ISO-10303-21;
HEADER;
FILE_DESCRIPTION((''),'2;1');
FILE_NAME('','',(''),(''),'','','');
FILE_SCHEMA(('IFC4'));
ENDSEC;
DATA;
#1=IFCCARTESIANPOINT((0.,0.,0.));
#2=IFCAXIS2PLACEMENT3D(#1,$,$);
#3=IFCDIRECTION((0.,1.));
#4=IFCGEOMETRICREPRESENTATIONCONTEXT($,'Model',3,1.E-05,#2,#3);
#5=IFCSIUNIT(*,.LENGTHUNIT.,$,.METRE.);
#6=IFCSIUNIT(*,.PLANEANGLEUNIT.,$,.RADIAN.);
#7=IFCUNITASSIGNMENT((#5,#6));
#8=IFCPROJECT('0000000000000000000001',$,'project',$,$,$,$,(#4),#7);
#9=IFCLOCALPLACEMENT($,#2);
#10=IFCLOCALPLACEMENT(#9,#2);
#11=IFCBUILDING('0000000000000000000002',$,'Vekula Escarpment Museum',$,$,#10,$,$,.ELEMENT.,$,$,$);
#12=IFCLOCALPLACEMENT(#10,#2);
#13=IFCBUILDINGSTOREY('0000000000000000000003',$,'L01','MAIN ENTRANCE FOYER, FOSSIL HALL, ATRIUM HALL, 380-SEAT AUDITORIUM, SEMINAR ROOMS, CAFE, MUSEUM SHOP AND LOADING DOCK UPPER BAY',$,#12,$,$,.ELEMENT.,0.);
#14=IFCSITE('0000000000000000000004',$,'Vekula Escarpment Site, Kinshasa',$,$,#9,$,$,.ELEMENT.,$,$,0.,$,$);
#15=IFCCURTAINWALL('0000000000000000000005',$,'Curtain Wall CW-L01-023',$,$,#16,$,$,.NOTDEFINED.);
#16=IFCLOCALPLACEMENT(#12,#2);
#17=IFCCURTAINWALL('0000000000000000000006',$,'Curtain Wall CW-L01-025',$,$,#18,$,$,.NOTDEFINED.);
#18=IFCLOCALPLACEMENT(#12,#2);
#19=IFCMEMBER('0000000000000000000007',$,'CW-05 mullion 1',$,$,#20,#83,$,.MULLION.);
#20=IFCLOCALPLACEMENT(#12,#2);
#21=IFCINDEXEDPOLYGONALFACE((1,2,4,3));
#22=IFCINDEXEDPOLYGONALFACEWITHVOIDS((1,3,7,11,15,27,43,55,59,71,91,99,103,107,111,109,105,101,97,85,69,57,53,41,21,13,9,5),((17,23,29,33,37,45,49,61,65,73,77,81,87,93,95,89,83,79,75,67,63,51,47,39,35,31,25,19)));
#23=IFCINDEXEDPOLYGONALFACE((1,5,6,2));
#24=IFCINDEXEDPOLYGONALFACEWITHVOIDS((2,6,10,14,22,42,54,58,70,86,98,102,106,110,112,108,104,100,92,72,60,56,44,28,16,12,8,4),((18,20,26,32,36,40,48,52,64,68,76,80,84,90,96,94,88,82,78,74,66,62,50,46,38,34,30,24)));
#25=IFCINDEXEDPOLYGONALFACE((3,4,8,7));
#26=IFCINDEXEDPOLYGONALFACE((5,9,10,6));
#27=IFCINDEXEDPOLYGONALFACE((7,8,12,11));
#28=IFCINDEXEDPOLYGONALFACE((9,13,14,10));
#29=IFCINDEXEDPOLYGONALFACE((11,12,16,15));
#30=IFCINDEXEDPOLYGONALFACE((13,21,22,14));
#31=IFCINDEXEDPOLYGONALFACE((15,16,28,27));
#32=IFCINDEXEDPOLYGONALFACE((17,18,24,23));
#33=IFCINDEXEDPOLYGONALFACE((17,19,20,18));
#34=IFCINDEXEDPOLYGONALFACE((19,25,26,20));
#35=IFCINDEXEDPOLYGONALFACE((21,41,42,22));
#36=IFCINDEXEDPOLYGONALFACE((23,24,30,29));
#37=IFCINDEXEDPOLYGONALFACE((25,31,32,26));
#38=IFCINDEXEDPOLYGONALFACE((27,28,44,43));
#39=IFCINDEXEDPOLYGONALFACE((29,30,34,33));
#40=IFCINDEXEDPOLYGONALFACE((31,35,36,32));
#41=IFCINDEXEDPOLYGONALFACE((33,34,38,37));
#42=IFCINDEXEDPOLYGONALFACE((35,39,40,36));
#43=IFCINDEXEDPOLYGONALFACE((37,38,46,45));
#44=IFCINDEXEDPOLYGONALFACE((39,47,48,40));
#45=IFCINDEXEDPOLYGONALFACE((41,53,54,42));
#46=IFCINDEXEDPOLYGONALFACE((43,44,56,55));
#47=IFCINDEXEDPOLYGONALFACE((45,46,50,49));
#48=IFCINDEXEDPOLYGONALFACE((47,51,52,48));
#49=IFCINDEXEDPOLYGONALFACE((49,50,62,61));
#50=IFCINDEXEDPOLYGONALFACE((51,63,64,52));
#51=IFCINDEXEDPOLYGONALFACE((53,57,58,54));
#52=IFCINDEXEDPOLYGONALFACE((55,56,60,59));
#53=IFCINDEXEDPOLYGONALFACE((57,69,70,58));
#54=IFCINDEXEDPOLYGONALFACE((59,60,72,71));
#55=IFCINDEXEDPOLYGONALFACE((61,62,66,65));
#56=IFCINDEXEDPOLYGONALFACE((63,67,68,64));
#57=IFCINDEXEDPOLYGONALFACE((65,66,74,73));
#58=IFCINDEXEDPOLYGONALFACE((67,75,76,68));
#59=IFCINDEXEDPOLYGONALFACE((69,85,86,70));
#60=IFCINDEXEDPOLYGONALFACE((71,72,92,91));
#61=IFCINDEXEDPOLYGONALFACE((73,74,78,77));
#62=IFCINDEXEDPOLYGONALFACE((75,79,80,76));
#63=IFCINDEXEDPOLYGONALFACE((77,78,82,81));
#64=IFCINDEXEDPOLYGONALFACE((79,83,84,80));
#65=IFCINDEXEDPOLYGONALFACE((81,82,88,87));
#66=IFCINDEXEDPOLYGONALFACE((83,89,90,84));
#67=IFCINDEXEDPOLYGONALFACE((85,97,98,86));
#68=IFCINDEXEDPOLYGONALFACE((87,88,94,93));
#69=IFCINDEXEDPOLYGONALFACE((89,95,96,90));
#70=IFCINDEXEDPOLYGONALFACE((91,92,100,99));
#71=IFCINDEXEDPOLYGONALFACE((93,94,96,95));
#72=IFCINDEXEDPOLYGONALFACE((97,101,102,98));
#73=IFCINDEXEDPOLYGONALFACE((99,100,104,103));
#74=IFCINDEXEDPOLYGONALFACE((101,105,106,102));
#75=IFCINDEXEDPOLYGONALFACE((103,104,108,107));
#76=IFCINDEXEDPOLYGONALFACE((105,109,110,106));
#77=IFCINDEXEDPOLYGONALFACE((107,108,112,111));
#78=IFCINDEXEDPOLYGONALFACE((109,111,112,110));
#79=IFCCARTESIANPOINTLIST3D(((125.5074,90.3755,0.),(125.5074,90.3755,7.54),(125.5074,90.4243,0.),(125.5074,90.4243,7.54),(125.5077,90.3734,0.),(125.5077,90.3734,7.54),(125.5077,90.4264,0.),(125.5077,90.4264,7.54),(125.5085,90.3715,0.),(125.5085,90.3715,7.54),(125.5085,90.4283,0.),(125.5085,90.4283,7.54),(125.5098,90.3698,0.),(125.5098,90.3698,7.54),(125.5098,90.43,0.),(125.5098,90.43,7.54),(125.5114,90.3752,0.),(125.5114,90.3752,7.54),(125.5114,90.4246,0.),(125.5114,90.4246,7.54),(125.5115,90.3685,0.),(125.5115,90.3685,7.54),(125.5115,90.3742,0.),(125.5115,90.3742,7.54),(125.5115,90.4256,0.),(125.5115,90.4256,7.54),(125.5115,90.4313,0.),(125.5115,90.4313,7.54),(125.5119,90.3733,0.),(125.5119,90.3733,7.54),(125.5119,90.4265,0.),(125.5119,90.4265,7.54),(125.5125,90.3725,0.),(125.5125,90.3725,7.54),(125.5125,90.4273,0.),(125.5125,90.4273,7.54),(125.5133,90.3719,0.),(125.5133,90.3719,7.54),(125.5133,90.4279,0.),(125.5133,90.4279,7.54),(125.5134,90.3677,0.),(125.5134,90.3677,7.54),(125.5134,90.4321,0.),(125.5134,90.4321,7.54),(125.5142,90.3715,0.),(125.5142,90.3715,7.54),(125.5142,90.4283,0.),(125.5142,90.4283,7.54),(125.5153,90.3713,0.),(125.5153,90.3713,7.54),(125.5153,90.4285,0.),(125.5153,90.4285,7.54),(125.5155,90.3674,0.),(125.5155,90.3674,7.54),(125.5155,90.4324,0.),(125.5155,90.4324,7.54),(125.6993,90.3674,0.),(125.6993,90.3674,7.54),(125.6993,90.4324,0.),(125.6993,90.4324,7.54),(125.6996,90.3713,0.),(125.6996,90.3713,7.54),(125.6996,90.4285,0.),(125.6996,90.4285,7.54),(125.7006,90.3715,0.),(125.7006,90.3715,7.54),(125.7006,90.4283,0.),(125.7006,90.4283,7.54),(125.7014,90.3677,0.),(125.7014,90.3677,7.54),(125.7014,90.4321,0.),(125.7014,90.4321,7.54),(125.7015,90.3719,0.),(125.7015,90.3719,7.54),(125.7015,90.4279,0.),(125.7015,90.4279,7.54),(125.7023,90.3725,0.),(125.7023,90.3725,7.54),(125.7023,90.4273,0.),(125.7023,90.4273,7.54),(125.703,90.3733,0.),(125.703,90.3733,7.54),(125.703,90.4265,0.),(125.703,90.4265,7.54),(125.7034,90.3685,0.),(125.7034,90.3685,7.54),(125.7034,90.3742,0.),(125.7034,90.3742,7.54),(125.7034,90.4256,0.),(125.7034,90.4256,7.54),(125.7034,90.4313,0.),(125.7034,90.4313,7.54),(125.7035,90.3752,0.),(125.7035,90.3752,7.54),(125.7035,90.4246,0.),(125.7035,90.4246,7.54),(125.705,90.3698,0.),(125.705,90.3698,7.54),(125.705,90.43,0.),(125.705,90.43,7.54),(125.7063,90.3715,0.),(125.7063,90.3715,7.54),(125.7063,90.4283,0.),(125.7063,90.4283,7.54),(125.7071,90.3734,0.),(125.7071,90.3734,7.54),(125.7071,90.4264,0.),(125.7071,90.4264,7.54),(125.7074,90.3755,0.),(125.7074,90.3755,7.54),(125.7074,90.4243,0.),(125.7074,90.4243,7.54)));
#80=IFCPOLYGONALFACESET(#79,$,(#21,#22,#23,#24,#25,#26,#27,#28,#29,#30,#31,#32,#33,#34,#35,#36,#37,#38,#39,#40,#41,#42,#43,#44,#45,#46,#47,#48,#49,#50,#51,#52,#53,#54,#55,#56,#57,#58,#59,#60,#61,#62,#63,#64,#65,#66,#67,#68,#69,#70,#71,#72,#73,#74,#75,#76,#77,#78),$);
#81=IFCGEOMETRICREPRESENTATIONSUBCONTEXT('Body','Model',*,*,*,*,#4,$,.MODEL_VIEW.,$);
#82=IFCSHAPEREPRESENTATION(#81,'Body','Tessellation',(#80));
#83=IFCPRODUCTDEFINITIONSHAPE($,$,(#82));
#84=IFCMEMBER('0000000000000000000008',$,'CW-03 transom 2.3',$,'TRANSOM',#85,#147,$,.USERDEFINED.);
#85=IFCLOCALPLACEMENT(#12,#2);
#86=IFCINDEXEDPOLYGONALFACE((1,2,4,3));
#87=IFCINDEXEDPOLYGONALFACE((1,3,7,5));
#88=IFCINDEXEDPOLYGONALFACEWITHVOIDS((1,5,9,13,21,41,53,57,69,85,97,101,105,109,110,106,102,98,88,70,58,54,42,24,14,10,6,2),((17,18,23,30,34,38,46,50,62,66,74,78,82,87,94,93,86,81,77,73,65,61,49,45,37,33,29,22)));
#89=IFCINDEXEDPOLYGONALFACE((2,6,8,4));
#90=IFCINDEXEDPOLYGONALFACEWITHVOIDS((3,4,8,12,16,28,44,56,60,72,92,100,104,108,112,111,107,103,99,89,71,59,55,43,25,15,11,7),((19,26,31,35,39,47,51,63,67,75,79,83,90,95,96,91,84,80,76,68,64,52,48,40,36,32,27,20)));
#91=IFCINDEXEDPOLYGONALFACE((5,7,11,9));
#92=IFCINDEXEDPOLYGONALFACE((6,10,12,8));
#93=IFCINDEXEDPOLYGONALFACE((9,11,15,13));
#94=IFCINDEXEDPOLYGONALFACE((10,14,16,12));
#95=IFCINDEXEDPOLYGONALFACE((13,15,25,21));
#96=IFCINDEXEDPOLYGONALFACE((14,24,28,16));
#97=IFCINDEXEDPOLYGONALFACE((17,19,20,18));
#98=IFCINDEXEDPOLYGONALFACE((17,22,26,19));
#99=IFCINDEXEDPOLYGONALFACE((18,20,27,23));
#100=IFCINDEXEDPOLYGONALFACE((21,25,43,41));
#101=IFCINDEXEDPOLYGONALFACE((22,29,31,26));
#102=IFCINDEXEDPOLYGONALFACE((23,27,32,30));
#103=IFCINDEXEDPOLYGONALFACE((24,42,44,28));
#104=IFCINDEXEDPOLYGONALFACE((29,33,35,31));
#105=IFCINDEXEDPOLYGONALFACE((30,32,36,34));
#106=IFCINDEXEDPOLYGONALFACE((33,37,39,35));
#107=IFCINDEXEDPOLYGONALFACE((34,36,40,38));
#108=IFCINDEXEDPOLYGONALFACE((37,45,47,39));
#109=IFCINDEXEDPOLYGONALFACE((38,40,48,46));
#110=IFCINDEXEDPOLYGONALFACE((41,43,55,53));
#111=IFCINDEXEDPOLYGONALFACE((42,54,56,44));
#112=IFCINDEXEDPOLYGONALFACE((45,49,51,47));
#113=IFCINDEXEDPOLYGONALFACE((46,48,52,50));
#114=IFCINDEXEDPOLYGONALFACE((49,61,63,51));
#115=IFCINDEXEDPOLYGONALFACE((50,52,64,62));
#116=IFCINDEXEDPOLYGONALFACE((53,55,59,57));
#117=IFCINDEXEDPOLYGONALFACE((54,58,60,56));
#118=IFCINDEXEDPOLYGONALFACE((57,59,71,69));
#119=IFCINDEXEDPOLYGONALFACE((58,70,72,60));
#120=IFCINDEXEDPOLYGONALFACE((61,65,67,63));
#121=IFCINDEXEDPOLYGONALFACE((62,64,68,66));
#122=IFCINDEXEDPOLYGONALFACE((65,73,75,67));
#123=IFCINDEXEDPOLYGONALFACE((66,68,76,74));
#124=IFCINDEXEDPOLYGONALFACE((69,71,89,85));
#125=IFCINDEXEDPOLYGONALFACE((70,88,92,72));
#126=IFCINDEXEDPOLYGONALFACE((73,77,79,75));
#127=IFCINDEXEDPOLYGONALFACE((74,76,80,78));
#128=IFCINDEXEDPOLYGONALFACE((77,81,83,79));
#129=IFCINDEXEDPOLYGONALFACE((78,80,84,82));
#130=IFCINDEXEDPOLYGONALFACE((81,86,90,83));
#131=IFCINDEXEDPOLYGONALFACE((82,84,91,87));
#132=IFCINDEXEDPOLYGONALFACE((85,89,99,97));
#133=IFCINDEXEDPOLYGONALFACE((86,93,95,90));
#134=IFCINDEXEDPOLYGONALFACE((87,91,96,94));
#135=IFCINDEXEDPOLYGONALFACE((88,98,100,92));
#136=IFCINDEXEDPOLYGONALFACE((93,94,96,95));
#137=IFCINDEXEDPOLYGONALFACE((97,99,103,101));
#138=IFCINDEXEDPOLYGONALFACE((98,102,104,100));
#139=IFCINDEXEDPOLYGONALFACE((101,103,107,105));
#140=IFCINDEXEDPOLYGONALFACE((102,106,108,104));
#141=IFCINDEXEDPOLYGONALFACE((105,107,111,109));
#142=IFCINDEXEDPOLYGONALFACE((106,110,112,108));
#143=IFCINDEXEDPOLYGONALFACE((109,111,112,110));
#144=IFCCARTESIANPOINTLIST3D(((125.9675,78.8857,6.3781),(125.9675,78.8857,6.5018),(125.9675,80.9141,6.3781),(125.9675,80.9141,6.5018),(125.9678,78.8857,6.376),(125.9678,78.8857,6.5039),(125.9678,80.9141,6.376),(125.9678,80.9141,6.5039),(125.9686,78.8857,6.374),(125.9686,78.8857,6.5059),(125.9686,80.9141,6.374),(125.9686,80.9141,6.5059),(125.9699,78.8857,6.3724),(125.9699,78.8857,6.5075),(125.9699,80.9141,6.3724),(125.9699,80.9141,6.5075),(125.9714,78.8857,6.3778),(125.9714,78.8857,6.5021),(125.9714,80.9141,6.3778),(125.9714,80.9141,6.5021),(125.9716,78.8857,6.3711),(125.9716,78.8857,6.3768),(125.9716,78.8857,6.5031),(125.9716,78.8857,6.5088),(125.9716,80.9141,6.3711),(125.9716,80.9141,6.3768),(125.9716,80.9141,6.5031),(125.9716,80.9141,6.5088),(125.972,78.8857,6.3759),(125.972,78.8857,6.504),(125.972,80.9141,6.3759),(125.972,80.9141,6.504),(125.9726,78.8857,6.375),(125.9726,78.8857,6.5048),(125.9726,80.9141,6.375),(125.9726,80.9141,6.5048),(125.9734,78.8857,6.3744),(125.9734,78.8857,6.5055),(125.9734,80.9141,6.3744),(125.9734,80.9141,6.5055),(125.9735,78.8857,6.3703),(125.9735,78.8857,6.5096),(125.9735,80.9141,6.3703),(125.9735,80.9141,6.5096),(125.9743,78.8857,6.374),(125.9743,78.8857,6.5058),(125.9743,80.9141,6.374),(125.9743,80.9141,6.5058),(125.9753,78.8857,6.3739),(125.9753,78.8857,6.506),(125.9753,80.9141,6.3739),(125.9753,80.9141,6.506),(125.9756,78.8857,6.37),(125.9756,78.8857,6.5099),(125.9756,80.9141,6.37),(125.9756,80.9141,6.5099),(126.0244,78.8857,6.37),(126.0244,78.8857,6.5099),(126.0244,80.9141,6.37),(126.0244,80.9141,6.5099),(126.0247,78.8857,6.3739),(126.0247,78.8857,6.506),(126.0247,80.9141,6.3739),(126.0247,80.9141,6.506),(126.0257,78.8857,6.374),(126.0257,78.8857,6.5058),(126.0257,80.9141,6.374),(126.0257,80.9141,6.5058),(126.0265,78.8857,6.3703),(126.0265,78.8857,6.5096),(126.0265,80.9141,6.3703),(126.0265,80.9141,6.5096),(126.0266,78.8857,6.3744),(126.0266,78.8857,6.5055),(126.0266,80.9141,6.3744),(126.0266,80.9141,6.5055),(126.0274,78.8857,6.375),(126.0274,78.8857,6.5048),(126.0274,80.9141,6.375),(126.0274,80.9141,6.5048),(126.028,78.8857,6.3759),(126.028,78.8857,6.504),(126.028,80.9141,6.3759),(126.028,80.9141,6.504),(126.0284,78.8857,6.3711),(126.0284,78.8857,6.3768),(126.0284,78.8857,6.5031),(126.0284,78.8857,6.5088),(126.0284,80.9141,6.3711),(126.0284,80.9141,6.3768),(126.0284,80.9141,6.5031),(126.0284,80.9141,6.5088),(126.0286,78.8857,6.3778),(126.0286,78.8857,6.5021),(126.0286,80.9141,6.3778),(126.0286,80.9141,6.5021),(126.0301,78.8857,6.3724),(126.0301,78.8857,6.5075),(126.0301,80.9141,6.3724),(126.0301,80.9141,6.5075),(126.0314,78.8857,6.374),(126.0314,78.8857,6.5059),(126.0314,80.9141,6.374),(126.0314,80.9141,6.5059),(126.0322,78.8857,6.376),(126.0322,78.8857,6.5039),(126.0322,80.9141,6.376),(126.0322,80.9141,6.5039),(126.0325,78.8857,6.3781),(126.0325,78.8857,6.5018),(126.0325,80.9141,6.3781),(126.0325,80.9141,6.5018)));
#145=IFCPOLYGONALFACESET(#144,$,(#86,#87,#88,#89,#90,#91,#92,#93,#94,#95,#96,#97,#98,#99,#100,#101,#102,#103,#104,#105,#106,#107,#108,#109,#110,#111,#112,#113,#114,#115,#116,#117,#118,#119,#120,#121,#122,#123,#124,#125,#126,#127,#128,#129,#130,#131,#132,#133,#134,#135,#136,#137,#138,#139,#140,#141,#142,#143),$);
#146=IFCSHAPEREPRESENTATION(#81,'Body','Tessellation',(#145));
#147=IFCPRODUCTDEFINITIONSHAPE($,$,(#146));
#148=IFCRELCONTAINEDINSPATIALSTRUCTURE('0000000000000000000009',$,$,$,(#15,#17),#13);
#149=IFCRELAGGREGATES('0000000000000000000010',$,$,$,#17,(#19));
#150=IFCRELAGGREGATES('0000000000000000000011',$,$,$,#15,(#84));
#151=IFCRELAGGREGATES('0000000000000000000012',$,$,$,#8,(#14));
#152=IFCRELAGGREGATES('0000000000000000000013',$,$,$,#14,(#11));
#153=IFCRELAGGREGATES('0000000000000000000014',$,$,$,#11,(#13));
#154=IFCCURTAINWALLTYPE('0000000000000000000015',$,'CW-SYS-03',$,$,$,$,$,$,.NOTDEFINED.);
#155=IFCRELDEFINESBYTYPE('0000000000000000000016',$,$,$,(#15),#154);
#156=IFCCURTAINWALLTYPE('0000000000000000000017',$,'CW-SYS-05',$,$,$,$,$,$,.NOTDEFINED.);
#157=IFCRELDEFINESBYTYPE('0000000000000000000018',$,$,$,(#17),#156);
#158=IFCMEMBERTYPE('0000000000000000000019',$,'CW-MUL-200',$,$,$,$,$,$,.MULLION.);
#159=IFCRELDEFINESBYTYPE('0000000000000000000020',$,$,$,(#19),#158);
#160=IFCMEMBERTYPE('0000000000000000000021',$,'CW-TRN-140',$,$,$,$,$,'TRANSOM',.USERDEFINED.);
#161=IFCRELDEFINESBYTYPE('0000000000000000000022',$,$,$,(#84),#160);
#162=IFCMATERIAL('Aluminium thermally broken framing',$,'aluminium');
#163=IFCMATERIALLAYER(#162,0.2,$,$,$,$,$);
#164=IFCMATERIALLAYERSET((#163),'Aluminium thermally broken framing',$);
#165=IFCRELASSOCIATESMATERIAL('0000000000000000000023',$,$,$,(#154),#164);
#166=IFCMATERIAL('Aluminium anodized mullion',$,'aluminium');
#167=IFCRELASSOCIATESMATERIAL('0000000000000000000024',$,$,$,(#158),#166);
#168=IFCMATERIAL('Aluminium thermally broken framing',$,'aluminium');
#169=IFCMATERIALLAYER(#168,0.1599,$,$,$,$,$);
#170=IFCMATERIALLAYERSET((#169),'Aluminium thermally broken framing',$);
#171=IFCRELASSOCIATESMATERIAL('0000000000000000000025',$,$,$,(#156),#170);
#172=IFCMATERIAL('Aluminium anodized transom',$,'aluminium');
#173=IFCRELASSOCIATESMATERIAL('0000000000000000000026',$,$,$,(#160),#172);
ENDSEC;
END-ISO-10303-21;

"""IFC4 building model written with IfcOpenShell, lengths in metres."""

from ifc_helpers import new_model, si_unit, direction, frame, origin, origin_2d, place, context, subcontext, project, spatial, hollow_rectangle, extrude, material, layer, layer_set, material_profile, profile_set, type_object, element, aggregate, save


model = new_model("IFC4")

# Units and contexts
model_context = context("Model", 3, precision=1e-05, world=origin(), true_north=direction((0.0, 1.0)))
body_context = subcontext(model_context, "Body", "Model", "MODEL_VIEW")
ifc_project = project(units=[si_unit("LENGTHUNIT", "METRE"), si_unit("PLANEANGLEUNIT", "RADIAN")], contexts=[model_context])

# Site, building, storey
site_placement = place(None, origin())
site = spatial("IfcSite", under=ifc_project, at=site_placement, Name="Vekula Escarpment Site, Kinshasa", CompositionType="ELEMENT", RefElevation=0.0)
building_placement = place(site_placement, origin())
building = spatial("IfcBuilding", under=site, at=building_placement, Name="Vekula Escarpment Museum", CompositionType="ELEMENT")
storey_placement = place(building_placement, origin())
storey = spatial("IfcBuildingStorey", under=building, at=storey_placement, Name="L01", Description="MAIN ENTRANCE FOYER, FOSSIL HALL, ATRIUM HALL, 380-SEAT AUDITORIUM, SEMINAR ROOMS, CAFE, MUSEUM SHOP AND LOADING DOCK UPPER BAY", CompositionType="ELEMENT", Elevation=0.0)

# Curtain wall
ifc_material_1 = material(Name="Aluminium thermally broken framing", Category="aluminium")
ifc_layer_1 = layer(ifc_material_1, 0.2)
ifc_layer_set_1 = layer_set([ifc_layer_1], Name="Aluminium thermally broken framing")
curtain_wall_type_1 = type_object("IfcCurtainWallType", Name="CW-SYS-03", PredefinedType="NOTDEFINED", material=ifc_layer_set_1)
curtain_wall_1_placement = place(storey_placement, origin())
curtain_wall_1 = element("IfcCurtainWall", 1, at=curtain_wall_1_placement, inside=storey, type_object=curtain_wall_type_1, Name="Curtain Wall CW-L01-023", PredefinedType="NOTDEFINED")
ifc_material_2 = material(Name="Aluminium anodized mullion", Category="aluminium")
ifc_material_profile_1 = material_profile(ifc_material_2, hollow_rectangle(XDim=0.0649, YDim=0.2, WallThickness=0.0039, InnerFilletRadius=0.0039, OuterFilletRadius=0.0081, at=origin_2d()), Name="ALU 200x65x4")
ifc_profile_set_1 = profile_set([ifc_material_profile_1], Name="Aluminium anodized mullion")
member_type_1 = type_object("IfcMemberType", Name="CW-MUL-200", PredefinedType="MULLION", material=ifc_profile_set_1)

# Curtain wall, member
ifc_material_3 = material(Name="Aluminium thermally broken framing", Category="aluminium")
ifc_layer_2 = layer(ifc_material_3, 0.1599)
ifc_layer_set_2 = layer_set([ifc_layer_2], Name="Aluminium thermally broken framing")
curtain_wall_type_2 = type_object("IfcCurtainWallType", Name="CW-SYS-05", PredefinedType="NOTDEFINED", material=ifc_layer_set_2)
curtain_wall_2_placement = place(storey_placement, origin())
curtain_wall_2 = element("IfcCurtainWall", 2, at=curtain_wall_2_placement, inside=storey, type_object=curtain_wall_type_2, Name="Curtain Wall CW-L01-025", PredefinedType="NOTDEFINED")
member_1_placement = place(storey_placement, frame((125.6074, 90.3999, 0.0), z_axis=(0.0, 0.0, 1.0), x_axis=(0.0, -1.0, 0.0)))
member_1 = element("IfcMember", 3, at=member_1_placement, type_object=member_type_1, Name="CW-05 mullion 1", PredefinedType="MULLION", context=body_context, shape_type="SweptSolid", body=[
    extrude(hollow_rectangle(XDim=0.0649, YDim=0.2, WallThickness=0.0039, InnerFilletRadius=0.0039, OuterFilletRadius=0.0081, at=origin_2d()), origin(), (0.0, 0.0, 1.0), 7.54),
])

# Member
ifc_material_4 = material(Name="Aluminium anodized transom", Category="aluminium")
ifc_material_profile_2 = material_profile(ifc_material_4, hollow_rectangle(XDim=0.0649, YDim=0.1399, WallThickness=0.0039, InnerFilletRadius=0.0039, OuterFilletRadius=0.0081, at=origin_2d()), Name="ALU 140x65x4")
ifc_profile_set_2 = profile_set([ifc_material_profile_2], Name="Aluminium anodized transom")
member_type_2 = type_object("IfcMemberType", Name="CW-TRN-140", ElementType="TRANSOM", PredefinedType="USERDEFINED", material=ifc_profile_set_2)
member_2_placement = place(storey_placement, frame((126.0, 78.8857, 6.4399), z_axis=(0.0, 1.0, 0.0), x_axis=(-1.0, 0.0, 0.0)))
member_2 = element("IfcMember", 4, at=member_2_placement, type_object=member_type_2, Name="CW-03 transom 2.3", ObjectType="TRANSOM", PredefinedType="USERDEFINED", context=body_context, shape_type="SweptSolid", body=[
    extrude(hollow_rectangle(XDim=0.0649, YDim=0.1399, WallThickness=0.0039, InnerFilletRadius=0.0039, OuterFilletRadius=0.0081, at=origin_2d()), origin(), (0.0, 0.0, 1.0), 2.0283),
])

aggregate(curtain_wall_2, [member_1])
aggregate(curtain_wall_1, [member_2])

save(model, "model.ifc")
